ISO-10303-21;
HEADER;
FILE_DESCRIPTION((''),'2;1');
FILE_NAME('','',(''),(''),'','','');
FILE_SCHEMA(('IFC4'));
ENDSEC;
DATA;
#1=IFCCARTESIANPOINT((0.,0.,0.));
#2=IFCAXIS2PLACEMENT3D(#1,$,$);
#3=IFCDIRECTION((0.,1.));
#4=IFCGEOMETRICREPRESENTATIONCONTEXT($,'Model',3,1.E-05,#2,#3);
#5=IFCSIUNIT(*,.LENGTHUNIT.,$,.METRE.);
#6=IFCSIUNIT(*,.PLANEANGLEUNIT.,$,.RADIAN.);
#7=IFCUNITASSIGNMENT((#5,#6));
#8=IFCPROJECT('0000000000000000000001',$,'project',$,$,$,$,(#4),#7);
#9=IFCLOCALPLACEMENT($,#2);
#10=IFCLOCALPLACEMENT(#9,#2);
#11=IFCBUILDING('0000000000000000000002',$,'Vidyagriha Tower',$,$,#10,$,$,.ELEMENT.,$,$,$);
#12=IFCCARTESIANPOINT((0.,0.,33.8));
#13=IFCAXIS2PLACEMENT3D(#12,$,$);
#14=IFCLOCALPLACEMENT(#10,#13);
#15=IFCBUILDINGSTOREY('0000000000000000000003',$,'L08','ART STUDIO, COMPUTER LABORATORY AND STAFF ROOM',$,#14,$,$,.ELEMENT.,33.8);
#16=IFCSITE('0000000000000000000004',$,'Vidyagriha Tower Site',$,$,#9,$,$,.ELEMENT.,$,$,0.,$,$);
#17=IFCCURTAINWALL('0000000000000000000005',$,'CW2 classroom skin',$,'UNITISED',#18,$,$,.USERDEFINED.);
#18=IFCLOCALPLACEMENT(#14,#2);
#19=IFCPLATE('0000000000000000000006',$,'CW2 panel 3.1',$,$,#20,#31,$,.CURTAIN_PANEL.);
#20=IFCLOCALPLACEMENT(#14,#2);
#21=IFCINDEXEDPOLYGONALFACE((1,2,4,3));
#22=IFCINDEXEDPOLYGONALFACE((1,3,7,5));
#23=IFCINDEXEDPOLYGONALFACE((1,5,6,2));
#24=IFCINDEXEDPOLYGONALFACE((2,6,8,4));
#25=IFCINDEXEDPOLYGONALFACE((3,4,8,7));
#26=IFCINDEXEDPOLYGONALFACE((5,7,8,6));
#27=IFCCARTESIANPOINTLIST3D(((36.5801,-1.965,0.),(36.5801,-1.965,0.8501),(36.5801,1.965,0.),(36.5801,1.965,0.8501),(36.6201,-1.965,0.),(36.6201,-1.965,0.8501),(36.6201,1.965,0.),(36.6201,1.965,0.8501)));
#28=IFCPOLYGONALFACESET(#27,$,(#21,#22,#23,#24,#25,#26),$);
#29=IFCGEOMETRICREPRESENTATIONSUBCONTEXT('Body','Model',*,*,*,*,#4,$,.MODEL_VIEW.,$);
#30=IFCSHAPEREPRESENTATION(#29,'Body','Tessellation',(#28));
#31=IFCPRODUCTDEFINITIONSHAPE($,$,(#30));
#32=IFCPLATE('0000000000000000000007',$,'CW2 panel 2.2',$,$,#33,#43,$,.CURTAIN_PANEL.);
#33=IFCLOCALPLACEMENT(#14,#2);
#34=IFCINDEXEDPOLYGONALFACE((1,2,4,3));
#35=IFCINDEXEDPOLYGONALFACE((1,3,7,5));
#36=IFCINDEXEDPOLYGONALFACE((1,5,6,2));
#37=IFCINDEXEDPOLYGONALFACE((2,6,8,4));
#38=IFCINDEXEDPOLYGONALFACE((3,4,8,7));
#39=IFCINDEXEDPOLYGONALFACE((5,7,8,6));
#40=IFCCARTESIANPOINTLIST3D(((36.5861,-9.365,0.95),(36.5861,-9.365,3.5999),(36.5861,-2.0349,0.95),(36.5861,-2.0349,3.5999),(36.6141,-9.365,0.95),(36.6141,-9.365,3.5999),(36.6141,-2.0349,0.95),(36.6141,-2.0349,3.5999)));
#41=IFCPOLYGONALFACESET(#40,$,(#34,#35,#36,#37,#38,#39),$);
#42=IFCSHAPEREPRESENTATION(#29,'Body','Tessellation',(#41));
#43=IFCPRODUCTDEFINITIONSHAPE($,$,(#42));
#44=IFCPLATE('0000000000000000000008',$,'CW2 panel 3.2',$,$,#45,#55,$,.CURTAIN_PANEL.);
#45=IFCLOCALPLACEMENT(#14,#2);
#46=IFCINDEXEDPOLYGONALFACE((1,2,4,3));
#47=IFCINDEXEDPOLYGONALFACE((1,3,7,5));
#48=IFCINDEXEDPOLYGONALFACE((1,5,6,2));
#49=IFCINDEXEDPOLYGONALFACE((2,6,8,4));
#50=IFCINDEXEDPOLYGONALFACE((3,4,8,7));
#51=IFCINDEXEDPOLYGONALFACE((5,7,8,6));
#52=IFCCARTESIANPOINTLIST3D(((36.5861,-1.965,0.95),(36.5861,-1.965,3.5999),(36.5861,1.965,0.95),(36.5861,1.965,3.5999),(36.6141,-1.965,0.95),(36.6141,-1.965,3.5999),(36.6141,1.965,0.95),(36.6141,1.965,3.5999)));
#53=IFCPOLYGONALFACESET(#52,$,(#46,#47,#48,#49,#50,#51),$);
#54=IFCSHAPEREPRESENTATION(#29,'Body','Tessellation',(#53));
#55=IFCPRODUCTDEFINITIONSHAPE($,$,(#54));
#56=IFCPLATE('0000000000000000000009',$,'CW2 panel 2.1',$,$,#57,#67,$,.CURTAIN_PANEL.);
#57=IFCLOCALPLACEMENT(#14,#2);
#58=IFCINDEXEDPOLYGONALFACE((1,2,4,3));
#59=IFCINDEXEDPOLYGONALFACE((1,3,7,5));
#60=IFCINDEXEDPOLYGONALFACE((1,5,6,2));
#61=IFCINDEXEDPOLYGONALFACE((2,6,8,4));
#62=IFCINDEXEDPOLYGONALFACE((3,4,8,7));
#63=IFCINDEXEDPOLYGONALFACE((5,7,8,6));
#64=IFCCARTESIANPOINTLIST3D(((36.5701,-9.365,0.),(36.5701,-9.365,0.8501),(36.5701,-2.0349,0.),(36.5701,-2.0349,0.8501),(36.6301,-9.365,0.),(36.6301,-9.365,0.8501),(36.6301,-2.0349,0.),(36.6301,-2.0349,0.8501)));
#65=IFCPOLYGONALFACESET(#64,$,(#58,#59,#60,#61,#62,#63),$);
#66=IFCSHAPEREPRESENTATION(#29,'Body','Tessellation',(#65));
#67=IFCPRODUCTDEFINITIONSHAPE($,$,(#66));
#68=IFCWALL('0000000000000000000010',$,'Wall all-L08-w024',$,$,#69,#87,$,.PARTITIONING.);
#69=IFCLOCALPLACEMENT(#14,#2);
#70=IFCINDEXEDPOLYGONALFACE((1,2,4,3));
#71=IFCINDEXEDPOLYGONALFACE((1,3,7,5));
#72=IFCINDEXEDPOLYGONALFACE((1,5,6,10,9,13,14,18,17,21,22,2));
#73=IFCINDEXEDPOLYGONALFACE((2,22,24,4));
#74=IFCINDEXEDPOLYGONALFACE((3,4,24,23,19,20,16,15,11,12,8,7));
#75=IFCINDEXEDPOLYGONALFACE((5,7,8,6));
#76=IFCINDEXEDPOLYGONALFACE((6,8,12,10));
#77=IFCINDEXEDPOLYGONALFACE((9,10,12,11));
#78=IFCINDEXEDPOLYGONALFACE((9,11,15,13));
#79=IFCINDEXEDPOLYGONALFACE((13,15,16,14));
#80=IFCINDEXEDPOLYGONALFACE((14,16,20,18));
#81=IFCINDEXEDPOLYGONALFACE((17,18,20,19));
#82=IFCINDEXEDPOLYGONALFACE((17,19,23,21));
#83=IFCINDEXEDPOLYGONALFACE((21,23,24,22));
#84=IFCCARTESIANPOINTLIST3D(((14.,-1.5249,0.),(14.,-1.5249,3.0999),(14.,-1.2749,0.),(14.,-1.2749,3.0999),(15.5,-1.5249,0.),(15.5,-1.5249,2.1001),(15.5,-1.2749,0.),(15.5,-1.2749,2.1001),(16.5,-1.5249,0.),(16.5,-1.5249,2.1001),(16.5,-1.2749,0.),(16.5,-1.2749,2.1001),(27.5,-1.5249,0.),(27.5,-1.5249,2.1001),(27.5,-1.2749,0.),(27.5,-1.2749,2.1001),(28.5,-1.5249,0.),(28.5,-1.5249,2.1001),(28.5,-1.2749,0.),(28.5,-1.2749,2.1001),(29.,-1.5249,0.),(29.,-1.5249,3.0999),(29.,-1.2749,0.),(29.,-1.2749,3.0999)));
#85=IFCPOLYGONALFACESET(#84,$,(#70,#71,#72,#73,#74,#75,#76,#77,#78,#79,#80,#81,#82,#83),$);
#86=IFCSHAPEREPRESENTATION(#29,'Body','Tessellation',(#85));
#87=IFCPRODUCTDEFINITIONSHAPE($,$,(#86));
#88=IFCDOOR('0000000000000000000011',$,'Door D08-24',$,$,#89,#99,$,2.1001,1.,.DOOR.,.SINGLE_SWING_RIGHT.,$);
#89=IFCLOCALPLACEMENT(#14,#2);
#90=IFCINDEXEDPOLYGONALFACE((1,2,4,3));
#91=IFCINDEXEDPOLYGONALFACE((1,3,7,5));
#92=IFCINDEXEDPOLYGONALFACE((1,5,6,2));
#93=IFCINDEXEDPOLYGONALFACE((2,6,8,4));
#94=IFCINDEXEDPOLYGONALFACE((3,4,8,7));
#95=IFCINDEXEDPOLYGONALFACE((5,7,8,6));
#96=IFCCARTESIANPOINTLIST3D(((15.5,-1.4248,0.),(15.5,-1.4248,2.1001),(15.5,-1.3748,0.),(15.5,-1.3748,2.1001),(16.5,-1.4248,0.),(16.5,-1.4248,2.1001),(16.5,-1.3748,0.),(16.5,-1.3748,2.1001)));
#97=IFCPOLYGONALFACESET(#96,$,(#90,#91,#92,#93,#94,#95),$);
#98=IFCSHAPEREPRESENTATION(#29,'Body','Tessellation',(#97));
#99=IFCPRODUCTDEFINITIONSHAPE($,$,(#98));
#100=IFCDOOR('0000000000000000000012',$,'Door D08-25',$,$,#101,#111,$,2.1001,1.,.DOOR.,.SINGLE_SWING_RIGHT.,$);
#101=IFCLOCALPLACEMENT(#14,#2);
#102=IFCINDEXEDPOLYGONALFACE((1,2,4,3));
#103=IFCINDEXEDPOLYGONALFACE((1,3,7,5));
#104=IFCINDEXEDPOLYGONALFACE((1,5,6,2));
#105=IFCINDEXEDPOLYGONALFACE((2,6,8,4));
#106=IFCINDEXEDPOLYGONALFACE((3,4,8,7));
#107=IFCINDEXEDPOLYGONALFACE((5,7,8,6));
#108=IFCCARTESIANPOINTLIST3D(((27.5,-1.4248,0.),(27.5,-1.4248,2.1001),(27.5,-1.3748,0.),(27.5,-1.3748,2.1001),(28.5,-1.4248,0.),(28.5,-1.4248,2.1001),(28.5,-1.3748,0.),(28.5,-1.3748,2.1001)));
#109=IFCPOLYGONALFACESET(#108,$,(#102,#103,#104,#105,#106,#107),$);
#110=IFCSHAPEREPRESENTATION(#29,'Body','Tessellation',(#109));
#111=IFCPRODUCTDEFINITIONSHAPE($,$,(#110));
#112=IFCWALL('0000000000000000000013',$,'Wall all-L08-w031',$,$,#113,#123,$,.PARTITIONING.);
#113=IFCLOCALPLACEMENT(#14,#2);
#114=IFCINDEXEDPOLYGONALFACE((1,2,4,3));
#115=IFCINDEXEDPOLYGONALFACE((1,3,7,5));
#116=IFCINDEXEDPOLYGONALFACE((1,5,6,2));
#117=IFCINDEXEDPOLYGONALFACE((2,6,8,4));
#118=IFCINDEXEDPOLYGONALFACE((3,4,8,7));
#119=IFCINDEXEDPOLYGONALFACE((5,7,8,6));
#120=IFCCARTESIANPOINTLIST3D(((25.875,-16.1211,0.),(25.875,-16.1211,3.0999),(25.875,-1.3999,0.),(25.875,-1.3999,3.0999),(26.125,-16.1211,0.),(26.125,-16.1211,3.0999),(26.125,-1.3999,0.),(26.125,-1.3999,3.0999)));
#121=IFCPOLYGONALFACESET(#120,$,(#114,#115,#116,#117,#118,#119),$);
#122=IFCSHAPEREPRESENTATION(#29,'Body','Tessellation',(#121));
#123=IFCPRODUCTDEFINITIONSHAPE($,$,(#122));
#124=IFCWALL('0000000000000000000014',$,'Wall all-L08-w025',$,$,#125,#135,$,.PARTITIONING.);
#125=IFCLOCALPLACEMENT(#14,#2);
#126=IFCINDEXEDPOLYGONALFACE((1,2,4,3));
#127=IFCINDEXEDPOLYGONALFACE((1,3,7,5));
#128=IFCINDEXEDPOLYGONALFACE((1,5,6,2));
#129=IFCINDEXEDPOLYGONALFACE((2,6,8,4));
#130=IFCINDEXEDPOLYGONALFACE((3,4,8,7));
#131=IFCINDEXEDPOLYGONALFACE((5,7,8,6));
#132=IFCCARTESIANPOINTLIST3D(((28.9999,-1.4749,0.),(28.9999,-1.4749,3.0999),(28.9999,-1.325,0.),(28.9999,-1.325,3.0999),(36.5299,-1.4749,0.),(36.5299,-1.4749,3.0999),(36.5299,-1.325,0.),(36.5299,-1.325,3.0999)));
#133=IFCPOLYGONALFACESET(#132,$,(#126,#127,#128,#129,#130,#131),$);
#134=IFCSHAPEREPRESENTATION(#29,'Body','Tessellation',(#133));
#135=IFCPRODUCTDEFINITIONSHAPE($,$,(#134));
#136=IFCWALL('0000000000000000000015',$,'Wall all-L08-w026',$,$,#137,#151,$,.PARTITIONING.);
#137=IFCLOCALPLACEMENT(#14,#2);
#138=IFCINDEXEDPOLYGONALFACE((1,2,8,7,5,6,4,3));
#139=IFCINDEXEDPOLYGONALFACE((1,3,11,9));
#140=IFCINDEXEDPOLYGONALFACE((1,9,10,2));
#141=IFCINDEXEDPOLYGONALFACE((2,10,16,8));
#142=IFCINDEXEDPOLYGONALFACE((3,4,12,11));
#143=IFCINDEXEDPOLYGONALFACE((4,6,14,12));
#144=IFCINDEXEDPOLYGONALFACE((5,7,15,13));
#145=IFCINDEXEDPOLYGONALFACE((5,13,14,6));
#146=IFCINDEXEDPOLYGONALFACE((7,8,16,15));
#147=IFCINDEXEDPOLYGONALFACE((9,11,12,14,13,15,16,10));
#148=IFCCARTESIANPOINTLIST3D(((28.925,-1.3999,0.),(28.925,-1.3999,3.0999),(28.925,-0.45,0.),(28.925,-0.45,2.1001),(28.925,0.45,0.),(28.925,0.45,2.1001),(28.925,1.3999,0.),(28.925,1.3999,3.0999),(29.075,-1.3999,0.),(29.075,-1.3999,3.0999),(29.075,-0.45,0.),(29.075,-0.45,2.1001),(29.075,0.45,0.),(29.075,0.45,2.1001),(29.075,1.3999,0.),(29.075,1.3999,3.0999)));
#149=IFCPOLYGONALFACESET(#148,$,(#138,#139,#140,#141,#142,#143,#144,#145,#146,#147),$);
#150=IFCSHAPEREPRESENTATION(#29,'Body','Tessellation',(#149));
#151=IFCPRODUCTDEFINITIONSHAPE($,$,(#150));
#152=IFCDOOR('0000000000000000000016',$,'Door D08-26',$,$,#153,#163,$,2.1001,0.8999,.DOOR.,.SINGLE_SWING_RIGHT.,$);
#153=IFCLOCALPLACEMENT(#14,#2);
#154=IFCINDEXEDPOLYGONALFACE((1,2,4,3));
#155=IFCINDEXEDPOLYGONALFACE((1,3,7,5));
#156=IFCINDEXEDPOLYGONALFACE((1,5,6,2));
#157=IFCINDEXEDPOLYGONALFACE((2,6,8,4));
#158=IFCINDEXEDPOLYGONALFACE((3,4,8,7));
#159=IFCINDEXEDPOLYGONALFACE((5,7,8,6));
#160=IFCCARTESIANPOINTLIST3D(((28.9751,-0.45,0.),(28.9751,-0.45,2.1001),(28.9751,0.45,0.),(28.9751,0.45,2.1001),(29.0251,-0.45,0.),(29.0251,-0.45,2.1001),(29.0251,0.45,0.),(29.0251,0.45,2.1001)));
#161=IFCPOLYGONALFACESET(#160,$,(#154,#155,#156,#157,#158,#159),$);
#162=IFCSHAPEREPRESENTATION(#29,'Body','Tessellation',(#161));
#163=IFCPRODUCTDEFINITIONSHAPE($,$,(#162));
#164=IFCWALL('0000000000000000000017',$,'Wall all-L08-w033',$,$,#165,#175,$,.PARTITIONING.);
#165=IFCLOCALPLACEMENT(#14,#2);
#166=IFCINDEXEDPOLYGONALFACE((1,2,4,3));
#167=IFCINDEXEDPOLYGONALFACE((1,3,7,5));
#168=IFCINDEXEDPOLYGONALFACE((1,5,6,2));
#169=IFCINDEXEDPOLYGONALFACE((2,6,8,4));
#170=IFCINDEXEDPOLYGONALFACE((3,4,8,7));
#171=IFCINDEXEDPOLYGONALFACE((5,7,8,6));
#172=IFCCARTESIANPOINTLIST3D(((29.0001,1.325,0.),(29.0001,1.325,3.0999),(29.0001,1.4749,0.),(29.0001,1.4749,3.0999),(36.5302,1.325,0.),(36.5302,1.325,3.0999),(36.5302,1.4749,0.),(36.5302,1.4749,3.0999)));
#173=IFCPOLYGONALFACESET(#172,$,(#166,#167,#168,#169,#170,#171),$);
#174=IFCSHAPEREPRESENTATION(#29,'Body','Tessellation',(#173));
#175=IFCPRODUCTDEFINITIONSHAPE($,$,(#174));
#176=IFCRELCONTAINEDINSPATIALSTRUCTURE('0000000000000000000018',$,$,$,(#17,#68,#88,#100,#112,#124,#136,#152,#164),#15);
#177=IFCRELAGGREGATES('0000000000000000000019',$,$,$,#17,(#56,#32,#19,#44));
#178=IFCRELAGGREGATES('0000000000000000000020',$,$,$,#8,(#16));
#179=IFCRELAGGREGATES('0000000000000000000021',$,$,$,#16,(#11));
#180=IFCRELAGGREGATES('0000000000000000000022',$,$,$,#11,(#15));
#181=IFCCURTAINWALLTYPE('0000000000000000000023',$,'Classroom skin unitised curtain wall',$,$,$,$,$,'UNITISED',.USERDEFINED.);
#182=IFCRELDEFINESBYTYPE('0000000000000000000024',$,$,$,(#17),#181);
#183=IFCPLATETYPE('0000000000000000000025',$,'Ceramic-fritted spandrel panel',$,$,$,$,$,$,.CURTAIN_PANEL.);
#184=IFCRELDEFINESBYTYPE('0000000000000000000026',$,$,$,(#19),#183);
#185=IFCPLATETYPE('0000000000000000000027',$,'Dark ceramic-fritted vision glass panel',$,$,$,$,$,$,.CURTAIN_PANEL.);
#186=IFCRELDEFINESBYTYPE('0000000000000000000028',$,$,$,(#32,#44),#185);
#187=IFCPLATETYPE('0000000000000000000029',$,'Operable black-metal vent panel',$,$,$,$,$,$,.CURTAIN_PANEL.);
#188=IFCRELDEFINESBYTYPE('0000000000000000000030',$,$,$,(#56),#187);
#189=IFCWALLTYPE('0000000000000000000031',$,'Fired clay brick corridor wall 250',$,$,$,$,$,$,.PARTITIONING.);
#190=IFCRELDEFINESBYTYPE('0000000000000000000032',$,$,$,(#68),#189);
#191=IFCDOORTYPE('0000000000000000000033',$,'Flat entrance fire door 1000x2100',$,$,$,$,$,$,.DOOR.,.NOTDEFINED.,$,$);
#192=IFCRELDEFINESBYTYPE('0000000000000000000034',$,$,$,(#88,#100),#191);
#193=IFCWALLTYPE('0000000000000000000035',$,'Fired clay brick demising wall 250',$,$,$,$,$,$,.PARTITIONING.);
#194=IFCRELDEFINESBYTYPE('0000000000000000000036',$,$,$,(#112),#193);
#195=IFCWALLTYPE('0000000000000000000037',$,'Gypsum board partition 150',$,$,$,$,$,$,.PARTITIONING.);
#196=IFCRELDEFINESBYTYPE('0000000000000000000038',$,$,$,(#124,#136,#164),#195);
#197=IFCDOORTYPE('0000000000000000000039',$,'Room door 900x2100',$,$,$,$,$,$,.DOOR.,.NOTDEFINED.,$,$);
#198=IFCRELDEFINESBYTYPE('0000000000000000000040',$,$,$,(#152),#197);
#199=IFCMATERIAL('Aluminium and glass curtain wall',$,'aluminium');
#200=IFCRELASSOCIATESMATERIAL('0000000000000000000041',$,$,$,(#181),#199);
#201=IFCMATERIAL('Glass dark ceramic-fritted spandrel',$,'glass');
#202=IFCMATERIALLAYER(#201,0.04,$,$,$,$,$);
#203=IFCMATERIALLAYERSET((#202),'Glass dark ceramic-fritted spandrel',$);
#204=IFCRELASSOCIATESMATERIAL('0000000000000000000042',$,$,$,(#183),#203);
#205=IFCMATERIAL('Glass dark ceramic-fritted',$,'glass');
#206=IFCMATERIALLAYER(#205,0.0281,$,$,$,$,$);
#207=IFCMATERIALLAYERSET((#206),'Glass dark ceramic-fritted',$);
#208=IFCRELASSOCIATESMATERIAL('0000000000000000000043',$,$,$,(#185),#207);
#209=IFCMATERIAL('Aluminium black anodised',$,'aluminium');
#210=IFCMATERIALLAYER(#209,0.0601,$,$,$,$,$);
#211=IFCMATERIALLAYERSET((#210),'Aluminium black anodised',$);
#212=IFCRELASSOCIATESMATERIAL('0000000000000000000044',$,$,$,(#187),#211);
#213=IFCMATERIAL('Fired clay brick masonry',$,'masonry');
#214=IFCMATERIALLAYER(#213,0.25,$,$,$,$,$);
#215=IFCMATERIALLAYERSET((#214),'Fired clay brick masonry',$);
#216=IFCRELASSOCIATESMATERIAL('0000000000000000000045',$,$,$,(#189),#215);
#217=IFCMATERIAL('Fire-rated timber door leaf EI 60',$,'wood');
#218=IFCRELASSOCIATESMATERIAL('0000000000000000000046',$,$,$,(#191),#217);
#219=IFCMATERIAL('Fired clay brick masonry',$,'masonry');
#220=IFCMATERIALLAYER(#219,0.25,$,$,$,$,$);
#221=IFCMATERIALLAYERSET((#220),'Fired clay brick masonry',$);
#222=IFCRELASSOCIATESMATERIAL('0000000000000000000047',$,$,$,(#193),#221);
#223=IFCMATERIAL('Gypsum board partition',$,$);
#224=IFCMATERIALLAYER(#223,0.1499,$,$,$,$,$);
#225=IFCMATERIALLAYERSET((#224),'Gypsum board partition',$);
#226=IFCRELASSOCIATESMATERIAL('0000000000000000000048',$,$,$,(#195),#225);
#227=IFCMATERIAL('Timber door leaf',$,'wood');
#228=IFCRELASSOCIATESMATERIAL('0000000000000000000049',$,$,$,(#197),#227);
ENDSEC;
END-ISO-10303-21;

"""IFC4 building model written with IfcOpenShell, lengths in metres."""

from ifc_helpers import new_model, si_unit, direction, frame, frame_2d, origin, origin_2d, place, context, subcontext, project, spatial, rectangle, extrude, material, layer, layer_set, type_object, element, fill, aggregate, save


model = new_model("IFC4")

# Units and contexts
model_context = context("Model", 3, precision=1e-05, world=origin(), true_north=direction((0.0, 1.0)))
body_context = subcontext(model_context, "Body", "Model", "MODEL_VIEW")
ifc_project = project(units=[si_unit("LENGTHUNIT", "METRE"), si_unit("PLANEANGLEUNIT", "RADIAN")], contexts=[model_context])

# Site, building, storey
site_placement = place(None, origin())
site = spatial("IfcSite", under=ifc_project, at=site_placement, Name="Vidyagriha Tower Site", CompositionType="ELEMENT", RefElevation=0.0)
building_placement = place(site_placement, origin())
building = spatial("IfcBuilding", under=site, at=building_placement, Name="Vidyagriha Tower", CompositionType="ELEMENT")
storey_placement = place(building_placement, frame((0.0, 0.0, 33.8)))
storey = spatial("IfcBuildingStorey", under=building, at=storey_placement, Name="L08", Description="ART STUDIO, COMPUTER LABORATORY AND STAFF ROOM", CompositionType="ELEMENT", Elevation=33.8)

# Curtain wall, plates
ifc_material_1 = material(Name="Aluminium and glass curtain wall", Category="aluminium")
curtain_wall_type = type_object("IfcCurtainWallType", Name="Classroom skin unitised curtain wall", ElementType="UNITISED", PredefinedType="USERDEFINED", material=ifc_material_1)
curtain_wall_placement = place(storey_placement, origin())
curtain_wall = element("IfcCurtainWall", 1, at=curtain_wall_placement, inside=storey, type_object=curtain_wall_type, Name="CW2 classroom skin", ObjectType="UNITISED", PredefinedType="USERDEFINED")
ifc_material_2 = material(Name="Glass dark ceramic-fritted spandrel", Category="glass")
ifc_layer_1 = layer(ifc_material_2, 0.04)
ifc_layer_set_1 = layer_set([ifc_layer_1], Name="Glass dark ceramic-fritted spandrel")
plate_type_1 = type_object("IfcPlateType", Name="Ceramic-fritted spandrel panel", PredefinedType="CURTAIN_PANEL", material=ifc_layer_set_1)
plate_1_placement = place(storey_placement, frame((36.6001, 0.0, 0.0), z_axis=(0.0, 0.0, 1.0), x_axis=(0.0, 1.0, 0.0)))
plate_1 = element("IfcPlate", 2, at=plate_1_placement, type_object=plate_type_1, Name="CW2 panel 3.1", PredefinedType="CURTAIN_PANEL", context=body_context, shape_type="SweptSolid", body=[
    extrude(rectangle(XDim=3.9299, YDim=0.04, at=origin_2d()), origin(), (0.0, 0.0, 1.0), 0.8501),
])
ifc_material_3 = material(Name="Glass dark ceramic-fritted", Category="glass")
ifc_layer_2 = layer(ifc_material_3, 0.0281)
ifc_layer_set_2 = layer_set([ifc_layer_2], Name="Glass dark ceramic-fritted")
plate_type_2 = type_object("IfcPlateType", Name="Dark ceramic-fritted vision glass panel", PredefinedType="CURTAIN_PANEL", material=ifc_layer_set_2)
plate_2_placement = place(storey_placement, frame((36.6001, -5.7, 0.95), z_axis=(0.0, 0.0, 1.0), x_axis=(0.0, 1.0, 0.0)))
plate_2 = element("IfcPlate", 3, at=plate_2_placement, type_object=plate_type_2, Name="CW2 panel 2.2", PredefinedType="CURTAIN_PANEL", context=body_context, shape_type="SweptSolid", body=[
    extrude(rectangle(XDim=7.3301, YDim=0.0281, at=origin_2d()), origin(), (0.0, 0.0, 1.0), 2.6499),
])
plate_3_placement = place(storey_placement, frame((36.6001, 0.0, 0.95), z_axis=(0.0, 0.0, 1.0), x_axis=(0.0, 1.0, 0.0)))
plate_3 = element("IfcPlate", 4, at=plate_3_placement, type_object=plate_type_2, Name="CW2 panel 3.2", PredefinedType="CURTAIN_PANEL", context=body_context, shape_type="SweptSolid", body=[
    extrude(rectangle(XDim=3.9299, YDim=0.0281, at=origin_2d()), origin(), (0.0, 0.0, 1.0), 2.6499),
])
ifc_material_4 = material(Name="Aluminium black anodised", Category="aluminium")
ifc_layer_3 = layer(ifc_material_4, 0.0601)
ifc_layer_set_3 = layer_set([ifc_layer_3], Name="Aluminium black anodised")
plate_type_3 = type_object("IfcPlateType", Name="Operable black-metal vent panel", PredefinedType="CURTAIN_PANEL", material=ifc_layer_set_3)
plate_4_placement = place(storey_placement, frame((36.6001, -5.7, 0.0), z_axis=(0.0, 0.0, 1.0), x_axis=(0.0, 1.0, 0.0)))
plate_4 = element("IfcPlate", 5, at=plate_4_placement, type_object=plate_type_3, Name="CW2 panel 2.1", PredefinedType="CURTAIN_PANEL", context=body_context, shape_type="SweptSolid", body=[
    extrude(rectangle(XDim=7.3301, YDim=0.0601, at=origin_2d()), origin(), (0.0, 0.0, 1.0), 0.8501),
])
aggregate(curtain_wall, [plate_4, plate_2, plate_1, plate_3])

# Wall, openings, doors
ifc_material_5 = material(Name="Fired clay brick masonry", Category="masonry")
ifc_layer_4 = layer(ifc_material_5, 0.25)
ifc_layer_set_4 = layer_set([ifc_layer_4], Name="Fired clay brick masonry")
wall_type_1 = type_object("IfcWallType", Name="Fired clay brick corridor wall 250", PredefinedType="PARTITIONING", material=ifc_layer_set_4)
wall_1_placement = place(storey_placement, frame((29.0, -1.3999, 0.0), z_axis=(0.0, 0.0, 1.0), x_axis=(-1.0, 0.0, 0.0)))
wall_1 = element("IfcWall", 6, at=wall_1_placement, inside=storey, type_object=wall_type_1, Name="Wall all-L08-w024", PredefinedType="PARTITIONING", context=body_context, shape_type="SweptSolid", body=[
    extrude(rectangle(XDim=15.0, YDim=0.25, at=frame_2d((7.5, 0.0))), origin(), (0.0, 0.0, 1.0), 3.0999),
])
opening_1_placement = place(wall_1_placement, frame((12.5, 0.0, 0.0)))
opening_1 = element("IfcOpeningElement", 7, at=opening_1_placement, cuts=wall_1, PredefinedType="OPENING", context=body_context, shape_type="SweptSolid", body=[
    extrude(rectangle(XDim=1.0, YDim=2.1001, at=frame_2d((0.5, 1.05))), frame((0.0, 0.135, 0.0), z_axis=(0.0, -1.0, 0.0), x_axis=(1.0, 0.0, 0.0)), (0.0, 0.0, 1.0), 0.27),
])
opening_2_placement = place(wall_1_placement, frame((0.5, 0.0, 0.0)))
opening_2 = element("IfcOpeningElement", 8, at=opening_2_placement, cuts=wall_1, PredefinedType="OPENING", context=body_context, shape_type="SweptSolid", body=[
    extrude(rectangle(XDim=1.0, YDim=2.1001, at=frame_2d((0.5, 1.05))), frame((0.0, 0.135, 0.0), z_axis=(0.0, -1.0, 0.0), x_axis=(1.0, 0.0, 0.0)), (0.0, 0.0, 1.0), 0.27),
])
ifc_material_6 = material(Name="Fire-rated timber door leaf EI 60", Category="wood")
door_type_1 = type_object("IfcDoorType", Name="Flat entrance fire door 1000x2100", OperationType="NOTDEFINED", PredefinedType="DOOR", material=ifc_material_6)
door_1_placement = place(opening_1_placement, origin())
door_1 = element("IfcDoor", 9, at=door_1_placement, inside=storey, type_object=door_type_1, Name="Door D08-24", OperationType="SINGLE_SWING_RIGHT", OverallHeight=2.1001, OverallWidth=1.0, PredefinedType="DOOR", context=body_context, shape_type="SweptSolid", body=[
    extrude(rectangle(XDim=1.0, YDim=2.1001, at=frame_2d((0.5, 1.05))), frame((0.0, 0.0249, 0.0), z_axis=(0.0, -1.0, 0.0), x_axis=(1.0, 0.0, 0.0)), (0.0, 0.0, 1.0), 0.05),
])
fill(opening_1, door_1)
door_2_placement = place(opening_2_placement, origin())
door_2 = element("IfcDoor", 10, at=door_2_placement, inside=storey, type_object=door_type_1, Name="Door D08-25", OperationType="SINGLE_SWING_RIGHT", OverallHeight=2.1001, OverallWidth=1.0, PredefinedType="DOOR", context=body_context, shape_type="SweptSolid", body=[
    extrude(rectangle(XDim=1.0, YDim=2.1001, at=frame_2d((0.5, 1.05))), frame((0.0, 0.0249, 0.0), z_axis=(0.0, -1.0, 0.0), x_axis=(1.0, 0.0, 0.0)), (0.0, 0.0, 1.0), 0.05),
])
fill(opening_2, door_2)

# Walls
ifc_material_7 = material(Name="Fired clay brick masonry", Category="masonry")
ifc_layer_5 = layer(ifc_material_7, 0.25)
ifc_layer_set_5 = layer_set([ifc_layer_5], Name="Fired clay brick masonry")
wall_type_2 = type_object("IfcWallType", Name="Fired clay brick demising wall 250", PredefinedType="PARTITIONING", material=ifc_layer_set_5)
wall_2_placement = place(storey_placement, frame((26.0, -1.3999, 0.0), z_axis=(0.0, 0.0, 1.0), x_axis=(0.0, -1.0, 0.0)))
element("IfcWall", 11, at=wall_2_placement, inside=storey, type_object=wall_type_2, Name="Wall all-L08-w031", PredefinedType="PARTITIONING", context=body_context, shape_type="SweptSolid", body=[
    extrude(rectangle(XDim=14.7212, YDim=0.25, at=frame_2d((7.3606, 0.0))), origin(), (0.0, 0.0, 1.0), 3.0999),
])
ifc_material_8 = material(Name="Gypsum board partition")
ifc_layer_6 = layer(ifc_material_8, 0.1499)
ifc_layer_set_6 = layer_set([ifc_layer_6], Name="Gypsum board partition")
wall_type_3 = type_object("IfcWallType", Name="Gypsum board partition 150", PredefinedType="PARTITIONING", material=ifc_layer_set_6)
wall_3_placement = place(storey_placement, frame((36.53, -1.3999, 0.0), z_axis=(0.0, 0.0, 1.0), x_axis=(-1.0, 0.0, 0.0)))
element("IfcWall", 12, at=wall_3_placement, inside=storey, type_object=wall_type_3, Name="Wall all-L08-w025", PredefinedType="PARTITIONING", context=body_context, shape_type="SweptSolid", body=[
    extrude(rectangle(XDim=7.53, YDim=0.1499, at=frame_2d((3.7651, 0.0))), origin(), (0.0, 0.0, 1.0), 3.0999),
])

# Wall, opening, door
wall_4_placement = place(storey_placement, frame((29.0, -1.3999, 0.0), z_axis=(0.0, 0.0, 1.0), x_axis=(0.0, 1.0, 0.0)))
wall_4 = element("IfcWall", 13, at=wall_4_placement, inside=storey, type_object=wall_type_3, Name="Wall all-L08-w026", PredefinedType="PARTITIONING", context=body_context, shape_type="SweptSolid", body=[
    extrude(rectangle(XDim=2.7998, YDim=0.1499, at=frame_2d((1.3999, 0.0))), origin(), (0.0, 0.0, 1.0), 3.0999),
])
opening_3_placement = place(wall_4_placement, frame((0.95, 0.0, 0.0)))
opening_3 = element("IfcOpeningElement", 14, at=opening_3_placement, cuts=wall_4, PredefinedType="OPENING", context=body_context, shape_type="SweptSolid", body=[
    extrude(rectangle(XDim=0.8999, YDim=2.1001, at=frame_2d((0.45, 1.05))), frame((0.0, 0.085, 0.0), z_axis=(0.0, -1.0, 0.0), x_axis=(1.0, 0.0, 0.0)), (0.0, 0.0, 1.0), 0.1699),
])
ifc_material_9 = material(Name="Timber door leaf", Category="wood")
door_type_2 = type_object("IfcDoorType", Name="Room door 900x2100", OperationType="NOTDEFINED", PredefinedType="DOOR", material=ifc_material_9)
door_3_placement = place(opening_3_placement, origin())
door_3 = element("IfcDoor", 15, at=door_3_placement, inside=storey, type_object=door_type_2, Name="Door D08-26", OperationType="SINGLE_SWING_RIGHT", OverallHeight=2.1001, OverallWidth=0.8999, PredefinedType="DOOR", context=body_context, shape_type="SweptSolid", body=[
    extrude(rectangle(XDim=0.8999, YDim=2.1001, at=frame_2d((0.45, 1.05))), frame((0.0, 0.0249, 0.0), z_axis=(0.0, -1.0, 0.0), x_axis=(1.0, 0.0, 0.0)), (0.0, 0.0, 1.0), 0.05),
])
fill(opening_3, door_3)

# Wall
wall_5_placement = place(storey_placement, frame((29.0, 1.3999, 0.0)))
element("IfcWall", 16, at=wall_5_placement, inside=storey, type_object=wall_type_3, Name="Wall all-L08-w033", PredefinedType="PARTITIONING", context=body_context, shape_type="SweptSolid", body=[
    extrude(rectangle(XDim=7.53, YDim=0.1499, at=frame_2d((3.7651, 0.0))), origin(), (0.0, 0.0, 1.0), 3.0999),
])

save(model, "model.ifc")
